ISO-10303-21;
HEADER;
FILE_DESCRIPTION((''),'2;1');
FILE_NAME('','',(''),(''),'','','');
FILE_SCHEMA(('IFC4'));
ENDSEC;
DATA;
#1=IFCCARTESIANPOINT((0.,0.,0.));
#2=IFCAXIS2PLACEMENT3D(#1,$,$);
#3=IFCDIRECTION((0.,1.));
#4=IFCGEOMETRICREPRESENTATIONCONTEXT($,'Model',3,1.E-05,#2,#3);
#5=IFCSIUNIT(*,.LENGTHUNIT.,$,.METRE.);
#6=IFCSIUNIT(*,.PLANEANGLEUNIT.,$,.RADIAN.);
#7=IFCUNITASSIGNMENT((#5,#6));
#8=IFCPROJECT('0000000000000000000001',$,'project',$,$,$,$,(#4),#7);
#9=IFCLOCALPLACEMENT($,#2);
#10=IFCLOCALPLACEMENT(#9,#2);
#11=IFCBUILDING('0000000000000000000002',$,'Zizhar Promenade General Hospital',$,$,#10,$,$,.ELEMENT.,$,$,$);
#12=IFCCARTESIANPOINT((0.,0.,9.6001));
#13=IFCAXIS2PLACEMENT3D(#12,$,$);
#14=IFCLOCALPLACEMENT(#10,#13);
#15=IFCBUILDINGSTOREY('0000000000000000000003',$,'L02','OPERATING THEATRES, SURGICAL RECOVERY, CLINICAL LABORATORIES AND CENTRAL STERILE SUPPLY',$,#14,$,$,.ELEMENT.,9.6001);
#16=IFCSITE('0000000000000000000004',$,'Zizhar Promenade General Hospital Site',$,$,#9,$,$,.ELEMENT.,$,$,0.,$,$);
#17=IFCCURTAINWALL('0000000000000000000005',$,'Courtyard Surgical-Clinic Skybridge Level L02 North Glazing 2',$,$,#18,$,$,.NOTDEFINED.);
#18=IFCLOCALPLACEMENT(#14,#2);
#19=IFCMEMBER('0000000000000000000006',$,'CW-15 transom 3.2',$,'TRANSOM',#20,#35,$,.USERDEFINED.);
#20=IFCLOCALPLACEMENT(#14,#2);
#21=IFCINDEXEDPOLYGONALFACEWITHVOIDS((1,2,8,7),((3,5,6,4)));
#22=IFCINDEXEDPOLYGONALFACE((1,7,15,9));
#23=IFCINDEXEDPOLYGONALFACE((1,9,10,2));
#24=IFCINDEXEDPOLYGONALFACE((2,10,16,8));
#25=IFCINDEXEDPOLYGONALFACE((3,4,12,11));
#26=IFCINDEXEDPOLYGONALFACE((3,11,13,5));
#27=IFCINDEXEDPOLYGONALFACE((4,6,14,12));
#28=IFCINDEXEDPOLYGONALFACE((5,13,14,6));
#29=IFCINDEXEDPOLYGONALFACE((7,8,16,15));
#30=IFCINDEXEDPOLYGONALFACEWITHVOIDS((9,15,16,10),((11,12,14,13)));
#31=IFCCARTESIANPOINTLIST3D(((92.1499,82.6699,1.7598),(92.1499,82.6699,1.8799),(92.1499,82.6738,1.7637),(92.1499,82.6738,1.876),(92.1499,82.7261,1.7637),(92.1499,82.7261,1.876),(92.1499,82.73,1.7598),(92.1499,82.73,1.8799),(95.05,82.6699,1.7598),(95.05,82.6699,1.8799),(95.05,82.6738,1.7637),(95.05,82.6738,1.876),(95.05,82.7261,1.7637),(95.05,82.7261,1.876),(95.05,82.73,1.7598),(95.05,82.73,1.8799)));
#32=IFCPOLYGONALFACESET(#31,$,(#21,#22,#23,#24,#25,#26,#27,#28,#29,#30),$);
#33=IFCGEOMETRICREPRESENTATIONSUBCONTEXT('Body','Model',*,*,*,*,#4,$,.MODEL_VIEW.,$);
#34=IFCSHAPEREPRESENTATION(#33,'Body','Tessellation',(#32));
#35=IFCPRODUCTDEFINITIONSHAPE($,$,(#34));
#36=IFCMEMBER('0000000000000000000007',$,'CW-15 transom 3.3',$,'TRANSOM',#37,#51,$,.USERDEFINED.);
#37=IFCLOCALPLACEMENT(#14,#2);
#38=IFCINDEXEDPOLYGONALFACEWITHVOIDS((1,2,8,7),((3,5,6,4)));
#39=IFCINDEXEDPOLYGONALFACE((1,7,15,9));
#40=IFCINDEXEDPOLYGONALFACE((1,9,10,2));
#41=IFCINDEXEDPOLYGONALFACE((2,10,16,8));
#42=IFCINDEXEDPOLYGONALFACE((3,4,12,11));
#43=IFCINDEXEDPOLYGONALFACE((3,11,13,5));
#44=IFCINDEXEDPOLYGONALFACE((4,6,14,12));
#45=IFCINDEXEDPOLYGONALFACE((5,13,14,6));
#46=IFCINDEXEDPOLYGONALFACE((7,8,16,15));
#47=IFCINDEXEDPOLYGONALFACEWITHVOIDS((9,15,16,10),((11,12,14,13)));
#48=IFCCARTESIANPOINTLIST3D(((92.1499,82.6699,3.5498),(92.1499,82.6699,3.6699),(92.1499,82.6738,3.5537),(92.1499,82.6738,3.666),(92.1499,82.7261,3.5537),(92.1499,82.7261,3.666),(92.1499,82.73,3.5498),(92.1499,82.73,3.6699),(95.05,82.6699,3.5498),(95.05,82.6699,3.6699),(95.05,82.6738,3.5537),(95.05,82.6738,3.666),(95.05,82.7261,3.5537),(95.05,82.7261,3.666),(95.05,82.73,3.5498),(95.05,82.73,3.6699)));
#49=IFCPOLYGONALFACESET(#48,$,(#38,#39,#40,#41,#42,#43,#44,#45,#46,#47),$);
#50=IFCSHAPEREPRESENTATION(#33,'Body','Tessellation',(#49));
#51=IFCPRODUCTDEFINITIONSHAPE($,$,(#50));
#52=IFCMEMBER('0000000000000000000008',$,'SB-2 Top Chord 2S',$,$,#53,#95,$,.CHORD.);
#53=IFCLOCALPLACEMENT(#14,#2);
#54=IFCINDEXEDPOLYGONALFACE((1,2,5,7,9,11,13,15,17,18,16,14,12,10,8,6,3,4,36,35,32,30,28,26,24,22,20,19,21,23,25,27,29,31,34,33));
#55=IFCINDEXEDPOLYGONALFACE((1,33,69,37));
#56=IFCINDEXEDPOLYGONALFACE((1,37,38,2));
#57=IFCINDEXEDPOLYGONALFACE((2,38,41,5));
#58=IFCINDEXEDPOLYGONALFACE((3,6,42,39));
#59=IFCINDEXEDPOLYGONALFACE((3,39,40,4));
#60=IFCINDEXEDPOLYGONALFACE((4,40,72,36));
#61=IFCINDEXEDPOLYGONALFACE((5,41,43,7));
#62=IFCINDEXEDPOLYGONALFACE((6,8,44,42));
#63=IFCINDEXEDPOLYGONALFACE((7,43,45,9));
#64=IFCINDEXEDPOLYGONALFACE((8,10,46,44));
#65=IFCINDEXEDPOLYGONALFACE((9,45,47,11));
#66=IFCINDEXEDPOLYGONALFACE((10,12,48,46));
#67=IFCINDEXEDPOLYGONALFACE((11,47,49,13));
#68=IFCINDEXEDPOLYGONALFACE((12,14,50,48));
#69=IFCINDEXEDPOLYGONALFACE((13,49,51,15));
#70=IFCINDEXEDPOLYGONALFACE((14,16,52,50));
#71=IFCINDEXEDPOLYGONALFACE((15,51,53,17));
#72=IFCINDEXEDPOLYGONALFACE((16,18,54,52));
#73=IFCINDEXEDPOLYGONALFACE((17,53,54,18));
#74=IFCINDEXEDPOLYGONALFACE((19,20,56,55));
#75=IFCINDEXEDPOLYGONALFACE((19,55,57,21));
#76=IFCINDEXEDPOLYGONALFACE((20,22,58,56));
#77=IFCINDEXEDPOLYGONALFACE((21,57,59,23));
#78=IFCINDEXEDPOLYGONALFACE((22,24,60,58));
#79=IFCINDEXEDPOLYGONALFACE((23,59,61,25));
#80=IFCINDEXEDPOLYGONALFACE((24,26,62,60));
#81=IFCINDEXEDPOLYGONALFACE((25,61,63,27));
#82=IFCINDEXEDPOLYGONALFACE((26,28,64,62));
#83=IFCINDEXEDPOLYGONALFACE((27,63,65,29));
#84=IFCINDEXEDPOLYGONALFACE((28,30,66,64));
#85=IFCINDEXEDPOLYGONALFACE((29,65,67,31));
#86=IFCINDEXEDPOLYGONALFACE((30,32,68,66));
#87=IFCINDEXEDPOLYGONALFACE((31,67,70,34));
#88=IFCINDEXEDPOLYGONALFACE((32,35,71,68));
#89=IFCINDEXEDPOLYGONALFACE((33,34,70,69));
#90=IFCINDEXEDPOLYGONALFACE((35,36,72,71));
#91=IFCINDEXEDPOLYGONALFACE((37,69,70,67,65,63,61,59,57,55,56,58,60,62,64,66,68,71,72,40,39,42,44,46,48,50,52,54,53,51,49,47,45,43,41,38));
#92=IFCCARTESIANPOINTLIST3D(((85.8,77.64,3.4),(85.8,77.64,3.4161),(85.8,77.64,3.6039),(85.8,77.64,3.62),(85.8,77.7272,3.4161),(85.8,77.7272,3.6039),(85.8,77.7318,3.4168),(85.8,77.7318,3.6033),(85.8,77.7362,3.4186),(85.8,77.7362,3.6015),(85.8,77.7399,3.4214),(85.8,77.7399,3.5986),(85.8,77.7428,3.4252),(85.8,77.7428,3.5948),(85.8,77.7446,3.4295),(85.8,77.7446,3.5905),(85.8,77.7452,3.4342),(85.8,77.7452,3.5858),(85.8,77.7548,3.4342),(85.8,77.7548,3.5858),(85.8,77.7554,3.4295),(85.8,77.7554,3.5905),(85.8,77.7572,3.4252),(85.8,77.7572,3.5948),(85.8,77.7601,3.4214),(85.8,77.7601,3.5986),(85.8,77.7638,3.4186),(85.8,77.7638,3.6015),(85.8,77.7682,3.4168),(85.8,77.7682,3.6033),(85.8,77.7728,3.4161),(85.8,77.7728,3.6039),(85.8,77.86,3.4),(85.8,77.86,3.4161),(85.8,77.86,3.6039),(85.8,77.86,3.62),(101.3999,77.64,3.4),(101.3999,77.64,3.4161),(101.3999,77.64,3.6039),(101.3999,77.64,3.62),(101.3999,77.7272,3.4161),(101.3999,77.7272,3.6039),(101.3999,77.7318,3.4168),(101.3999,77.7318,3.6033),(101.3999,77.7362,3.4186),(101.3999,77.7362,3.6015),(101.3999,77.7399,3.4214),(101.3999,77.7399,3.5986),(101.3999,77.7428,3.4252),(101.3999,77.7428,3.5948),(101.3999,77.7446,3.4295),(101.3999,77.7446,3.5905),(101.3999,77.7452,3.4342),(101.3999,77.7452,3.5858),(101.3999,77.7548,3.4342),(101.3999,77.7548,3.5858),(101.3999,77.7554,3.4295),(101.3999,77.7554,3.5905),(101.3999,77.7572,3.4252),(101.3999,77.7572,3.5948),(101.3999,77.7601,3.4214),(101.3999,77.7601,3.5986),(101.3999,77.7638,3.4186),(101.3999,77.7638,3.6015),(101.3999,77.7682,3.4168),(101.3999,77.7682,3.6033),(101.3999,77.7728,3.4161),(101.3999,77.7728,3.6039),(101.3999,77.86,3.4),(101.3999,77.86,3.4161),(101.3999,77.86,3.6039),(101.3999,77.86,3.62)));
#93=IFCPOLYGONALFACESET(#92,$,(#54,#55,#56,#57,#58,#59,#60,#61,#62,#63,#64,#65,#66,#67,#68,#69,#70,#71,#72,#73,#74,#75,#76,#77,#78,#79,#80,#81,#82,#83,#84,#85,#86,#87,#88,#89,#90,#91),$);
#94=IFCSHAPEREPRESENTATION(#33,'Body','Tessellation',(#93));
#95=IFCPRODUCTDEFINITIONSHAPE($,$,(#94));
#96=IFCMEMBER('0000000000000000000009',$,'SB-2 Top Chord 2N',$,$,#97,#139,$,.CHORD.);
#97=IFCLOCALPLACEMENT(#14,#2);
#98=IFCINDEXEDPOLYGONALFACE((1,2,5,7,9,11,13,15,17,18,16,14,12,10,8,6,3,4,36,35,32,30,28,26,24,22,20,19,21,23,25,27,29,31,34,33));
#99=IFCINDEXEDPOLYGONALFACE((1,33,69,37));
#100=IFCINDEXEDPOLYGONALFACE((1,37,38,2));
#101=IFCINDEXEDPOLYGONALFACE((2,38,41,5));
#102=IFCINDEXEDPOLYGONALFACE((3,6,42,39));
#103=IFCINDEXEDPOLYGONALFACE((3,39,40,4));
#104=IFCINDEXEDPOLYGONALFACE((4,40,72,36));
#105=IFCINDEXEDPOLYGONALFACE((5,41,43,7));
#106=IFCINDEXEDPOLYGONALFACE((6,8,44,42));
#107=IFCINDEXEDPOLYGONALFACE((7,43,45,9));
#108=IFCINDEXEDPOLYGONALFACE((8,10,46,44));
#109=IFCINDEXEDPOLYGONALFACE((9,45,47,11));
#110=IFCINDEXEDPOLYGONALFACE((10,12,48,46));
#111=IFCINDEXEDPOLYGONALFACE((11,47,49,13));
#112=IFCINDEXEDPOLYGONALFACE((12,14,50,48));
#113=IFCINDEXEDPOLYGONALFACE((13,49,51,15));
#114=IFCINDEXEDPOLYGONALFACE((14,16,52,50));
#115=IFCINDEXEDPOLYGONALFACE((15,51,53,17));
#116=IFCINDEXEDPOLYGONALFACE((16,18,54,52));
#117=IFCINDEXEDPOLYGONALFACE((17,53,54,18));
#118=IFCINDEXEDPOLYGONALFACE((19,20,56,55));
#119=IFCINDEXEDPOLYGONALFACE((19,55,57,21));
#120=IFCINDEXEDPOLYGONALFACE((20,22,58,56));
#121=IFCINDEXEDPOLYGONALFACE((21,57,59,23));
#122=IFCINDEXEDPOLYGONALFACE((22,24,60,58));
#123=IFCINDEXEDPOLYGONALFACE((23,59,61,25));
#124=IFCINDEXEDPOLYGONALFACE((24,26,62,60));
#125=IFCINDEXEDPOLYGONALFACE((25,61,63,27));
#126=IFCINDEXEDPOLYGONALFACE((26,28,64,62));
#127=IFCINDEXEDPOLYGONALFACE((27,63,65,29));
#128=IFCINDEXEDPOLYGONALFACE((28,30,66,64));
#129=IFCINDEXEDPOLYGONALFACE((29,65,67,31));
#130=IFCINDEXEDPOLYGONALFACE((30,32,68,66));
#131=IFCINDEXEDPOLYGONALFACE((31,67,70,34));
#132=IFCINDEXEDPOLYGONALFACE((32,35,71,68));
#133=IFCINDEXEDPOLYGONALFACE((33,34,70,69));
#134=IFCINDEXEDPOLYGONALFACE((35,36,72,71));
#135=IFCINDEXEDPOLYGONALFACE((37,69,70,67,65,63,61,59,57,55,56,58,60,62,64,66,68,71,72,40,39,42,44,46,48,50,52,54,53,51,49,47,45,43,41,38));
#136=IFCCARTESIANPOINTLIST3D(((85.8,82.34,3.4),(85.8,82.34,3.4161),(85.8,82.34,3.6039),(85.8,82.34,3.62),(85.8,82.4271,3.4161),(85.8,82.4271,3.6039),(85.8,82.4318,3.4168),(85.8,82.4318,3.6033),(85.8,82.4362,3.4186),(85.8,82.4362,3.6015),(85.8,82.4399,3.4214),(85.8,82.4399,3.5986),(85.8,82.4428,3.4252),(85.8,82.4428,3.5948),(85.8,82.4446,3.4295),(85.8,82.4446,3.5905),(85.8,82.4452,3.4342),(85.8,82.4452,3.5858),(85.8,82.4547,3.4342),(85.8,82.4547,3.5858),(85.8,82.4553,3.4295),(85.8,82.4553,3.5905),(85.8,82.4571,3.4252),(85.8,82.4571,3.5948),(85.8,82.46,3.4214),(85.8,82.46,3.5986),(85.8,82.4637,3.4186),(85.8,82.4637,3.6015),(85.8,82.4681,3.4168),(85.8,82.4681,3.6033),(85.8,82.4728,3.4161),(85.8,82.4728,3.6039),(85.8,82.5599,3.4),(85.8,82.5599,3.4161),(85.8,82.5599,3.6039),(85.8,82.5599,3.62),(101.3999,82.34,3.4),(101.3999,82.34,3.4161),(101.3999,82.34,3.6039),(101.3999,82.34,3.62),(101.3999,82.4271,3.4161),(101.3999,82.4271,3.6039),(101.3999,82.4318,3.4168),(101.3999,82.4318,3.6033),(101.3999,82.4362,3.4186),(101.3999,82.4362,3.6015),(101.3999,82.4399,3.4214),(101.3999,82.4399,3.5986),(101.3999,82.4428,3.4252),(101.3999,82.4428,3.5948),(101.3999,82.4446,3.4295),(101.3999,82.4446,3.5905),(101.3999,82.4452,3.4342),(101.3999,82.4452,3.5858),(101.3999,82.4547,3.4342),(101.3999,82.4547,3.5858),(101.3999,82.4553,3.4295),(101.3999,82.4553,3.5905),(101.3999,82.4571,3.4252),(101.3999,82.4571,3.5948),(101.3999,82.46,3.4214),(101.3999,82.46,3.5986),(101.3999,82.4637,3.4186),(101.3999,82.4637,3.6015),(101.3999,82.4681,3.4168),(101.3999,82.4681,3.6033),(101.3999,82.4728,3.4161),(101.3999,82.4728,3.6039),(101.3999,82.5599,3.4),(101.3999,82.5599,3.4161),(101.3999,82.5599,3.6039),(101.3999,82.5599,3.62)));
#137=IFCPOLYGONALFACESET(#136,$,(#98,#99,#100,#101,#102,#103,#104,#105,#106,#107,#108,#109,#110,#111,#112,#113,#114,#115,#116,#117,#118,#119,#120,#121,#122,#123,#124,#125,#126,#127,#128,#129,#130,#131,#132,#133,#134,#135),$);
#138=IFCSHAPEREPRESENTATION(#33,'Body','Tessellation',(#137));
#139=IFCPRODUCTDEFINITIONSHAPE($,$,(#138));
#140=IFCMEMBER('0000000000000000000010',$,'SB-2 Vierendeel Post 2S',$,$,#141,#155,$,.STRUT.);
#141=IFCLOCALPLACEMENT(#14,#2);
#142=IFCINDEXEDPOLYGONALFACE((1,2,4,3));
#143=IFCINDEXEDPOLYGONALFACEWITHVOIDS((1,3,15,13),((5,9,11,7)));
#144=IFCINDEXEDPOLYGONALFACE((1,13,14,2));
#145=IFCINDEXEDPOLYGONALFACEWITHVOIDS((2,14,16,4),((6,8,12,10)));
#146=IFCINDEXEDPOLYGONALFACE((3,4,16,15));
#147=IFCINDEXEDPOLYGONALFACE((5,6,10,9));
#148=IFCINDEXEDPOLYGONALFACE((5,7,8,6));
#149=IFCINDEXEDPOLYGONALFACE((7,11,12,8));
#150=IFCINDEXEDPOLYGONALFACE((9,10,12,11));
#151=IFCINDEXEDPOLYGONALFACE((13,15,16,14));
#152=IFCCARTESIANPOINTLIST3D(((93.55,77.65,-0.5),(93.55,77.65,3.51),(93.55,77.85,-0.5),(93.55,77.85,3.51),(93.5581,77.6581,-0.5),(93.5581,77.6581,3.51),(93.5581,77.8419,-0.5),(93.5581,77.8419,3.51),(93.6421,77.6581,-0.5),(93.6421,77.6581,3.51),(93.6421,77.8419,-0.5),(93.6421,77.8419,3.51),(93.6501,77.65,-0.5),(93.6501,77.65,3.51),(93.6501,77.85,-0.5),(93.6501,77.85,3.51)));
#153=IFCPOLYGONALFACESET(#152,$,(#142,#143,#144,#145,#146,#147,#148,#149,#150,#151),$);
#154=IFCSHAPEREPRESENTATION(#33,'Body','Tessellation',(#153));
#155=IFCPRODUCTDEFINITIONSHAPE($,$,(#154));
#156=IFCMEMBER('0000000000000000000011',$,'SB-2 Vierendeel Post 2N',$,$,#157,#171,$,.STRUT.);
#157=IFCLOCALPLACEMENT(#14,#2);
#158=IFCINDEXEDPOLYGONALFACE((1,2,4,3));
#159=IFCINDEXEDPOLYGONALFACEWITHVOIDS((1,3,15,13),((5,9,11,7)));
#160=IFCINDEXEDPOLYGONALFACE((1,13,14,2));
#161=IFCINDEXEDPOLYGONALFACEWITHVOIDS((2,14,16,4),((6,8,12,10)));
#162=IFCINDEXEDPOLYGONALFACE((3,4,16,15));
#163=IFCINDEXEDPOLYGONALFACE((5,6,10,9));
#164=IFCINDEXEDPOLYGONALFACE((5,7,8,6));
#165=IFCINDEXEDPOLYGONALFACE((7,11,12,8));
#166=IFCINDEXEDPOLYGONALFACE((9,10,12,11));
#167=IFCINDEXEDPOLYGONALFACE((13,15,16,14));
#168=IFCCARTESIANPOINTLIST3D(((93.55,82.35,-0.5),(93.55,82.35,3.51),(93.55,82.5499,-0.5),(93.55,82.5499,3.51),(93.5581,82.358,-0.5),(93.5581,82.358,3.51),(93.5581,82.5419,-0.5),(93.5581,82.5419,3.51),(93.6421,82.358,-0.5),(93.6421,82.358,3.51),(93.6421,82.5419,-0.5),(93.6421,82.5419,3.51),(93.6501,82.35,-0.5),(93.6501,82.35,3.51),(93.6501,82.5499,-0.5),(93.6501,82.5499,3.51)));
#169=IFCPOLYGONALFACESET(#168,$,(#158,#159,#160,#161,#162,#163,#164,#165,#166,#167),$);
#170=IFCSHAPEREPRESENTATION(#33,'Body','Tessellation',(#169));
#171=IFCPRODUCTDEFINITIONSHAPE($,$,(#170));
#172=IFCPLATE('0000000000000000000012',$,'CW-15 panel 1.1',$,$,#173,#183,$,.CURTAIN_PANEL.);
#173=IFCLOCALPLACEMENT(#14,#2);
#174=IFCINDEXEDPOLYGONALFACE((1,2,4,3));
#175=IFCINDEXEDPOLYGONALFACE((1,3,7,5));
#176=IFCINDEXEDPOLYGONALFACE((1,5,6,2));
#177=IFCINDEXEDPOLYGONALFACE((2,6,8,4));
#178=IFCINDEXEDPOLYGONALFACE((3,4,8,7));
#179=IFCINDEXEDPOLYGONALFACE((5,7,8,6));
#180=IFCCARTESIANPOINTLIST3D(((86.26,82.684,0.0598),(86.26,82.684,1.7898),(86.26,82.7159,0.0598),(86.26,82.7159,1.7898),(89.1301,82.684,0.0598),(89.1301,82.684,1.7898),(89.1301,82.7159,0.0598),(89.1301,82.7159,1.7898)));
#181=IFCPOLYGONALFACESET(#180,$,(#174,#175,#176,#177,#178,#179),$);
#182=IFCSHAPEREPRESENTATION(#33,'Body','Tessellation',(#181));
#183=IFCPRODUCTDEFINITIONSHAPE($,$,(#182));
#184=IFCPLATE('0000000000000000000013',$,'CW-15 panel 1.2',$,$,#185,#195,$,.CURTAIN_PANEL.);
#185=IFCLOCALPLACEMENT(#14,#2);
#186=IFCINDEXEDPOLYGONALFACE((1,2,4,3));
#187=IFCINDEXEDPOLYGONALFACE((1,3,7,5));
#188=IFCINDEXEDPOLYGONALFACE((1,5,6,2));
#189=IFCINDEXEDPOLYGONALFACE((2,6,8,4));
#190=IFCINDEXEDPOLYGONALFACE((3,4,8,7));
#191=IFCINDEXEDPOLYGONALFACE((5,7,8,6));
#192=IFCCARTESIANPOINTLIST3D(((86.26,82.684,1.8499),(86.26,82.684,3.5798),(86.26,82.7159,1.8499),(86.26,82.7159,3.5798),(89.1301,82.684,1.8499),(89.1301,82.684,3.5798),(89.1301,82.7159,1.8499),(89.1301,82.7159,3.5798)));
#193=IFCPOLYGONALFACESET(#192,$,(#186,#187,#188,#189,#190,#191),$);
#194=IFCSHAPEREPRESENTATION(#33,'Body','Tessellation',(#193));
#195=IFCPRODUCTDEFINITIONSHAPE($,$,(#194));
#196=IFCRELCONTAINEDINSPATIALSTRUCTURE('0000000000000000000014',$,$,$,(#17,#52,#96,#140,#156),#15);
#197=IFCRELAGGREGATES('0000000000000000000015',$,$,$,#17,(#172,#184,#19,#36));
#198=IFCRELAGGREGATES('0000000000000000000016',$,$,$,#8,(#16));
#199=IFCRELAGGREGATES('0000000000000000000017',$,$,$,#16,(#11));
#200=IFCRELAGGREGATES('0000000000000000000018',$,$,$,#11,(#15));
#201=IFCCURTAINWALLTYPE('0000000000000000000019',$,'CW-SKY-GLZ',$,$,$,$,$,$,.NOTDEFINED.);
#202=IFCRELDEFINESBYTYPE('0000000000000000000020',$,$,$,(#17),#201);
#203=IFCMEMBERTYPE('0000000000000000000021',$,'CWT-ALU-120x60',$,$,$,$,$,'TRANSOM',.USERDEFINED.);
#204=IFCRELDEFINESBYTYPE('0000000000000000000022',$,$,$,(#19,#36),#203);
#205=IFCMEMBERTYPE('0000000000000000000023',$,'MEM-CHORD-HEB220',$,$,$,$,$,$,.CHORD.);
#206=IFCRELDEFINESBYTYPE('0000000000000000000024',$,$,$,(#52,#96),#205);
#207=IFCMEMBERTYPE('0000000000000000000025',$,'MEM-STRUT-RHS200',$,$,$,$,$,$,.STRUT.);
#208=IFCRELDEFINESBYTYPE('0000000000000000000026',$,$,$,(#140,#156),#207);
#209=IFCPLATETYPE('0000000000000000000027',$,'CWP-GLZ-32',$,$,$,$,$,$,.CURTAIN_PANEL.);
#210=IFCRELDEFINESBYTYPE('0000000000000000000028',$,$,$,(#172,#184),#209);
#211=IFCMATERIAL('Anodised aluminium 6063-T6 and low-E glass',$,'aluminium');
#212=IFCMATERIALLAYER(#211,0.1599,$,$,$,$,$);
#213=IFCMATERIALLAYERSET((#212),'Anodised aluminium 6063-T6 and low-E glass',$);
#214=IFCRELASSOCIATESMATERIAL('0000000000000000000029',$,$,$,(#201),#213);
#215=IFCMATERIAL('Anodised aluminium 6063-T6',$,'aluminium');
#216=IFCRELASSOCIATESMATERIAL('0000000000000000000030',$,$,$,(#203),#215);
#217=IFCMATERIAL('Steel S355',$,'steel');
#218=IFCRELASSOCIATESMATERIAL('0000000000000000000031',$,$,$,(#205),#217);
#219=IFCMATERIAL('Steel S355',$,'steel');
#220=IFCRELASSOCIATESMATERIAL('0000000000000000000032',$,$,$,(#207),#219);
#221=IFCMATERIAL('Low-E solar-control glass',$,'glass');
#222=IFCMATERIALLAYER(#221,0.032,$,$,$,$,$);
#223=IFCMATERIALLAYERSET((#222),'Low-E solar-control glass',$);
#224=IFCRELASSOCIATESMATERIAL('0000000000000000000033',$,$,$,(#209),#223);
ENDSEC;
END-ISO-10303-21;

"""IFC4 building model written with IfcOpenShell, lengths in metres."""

from ifc_helpers import new_model, si_unit, direction, frame, origin, origin_2d, place, context, subcontext, project, spatial, rectangle, hollow_rectangle, i_section, extrude, material, layer, layer_set, material_profile, profile_set, type_object, element, aggregate, save


model = new_model("IFC4")

# Units and contexts
model_context = context("Model", 3, precision=1e-05, world=origin(), true_north=direction((0.0, 1.0)))
body_context = subcontext(model_context, "Body", "Model", "MODEL_VIEW")
ifc_project = project(units=[si_unit("LENGTHUNIT", "METRE"), si_unit("PLANEANGLEUNIT", "RADIAN")], contexts=[model_context])

# Site, building, storey
site_placement = place(None, origin())
site = spatial("IfcSite", under=ifc_project, at=site_placement, Name="Zizhar Promenade General Hospital Site", CompositionType="ELEMENT", RefElevation=0.0)
building_placement = place(site_placement, origin())
building = spatial("IfcBuilding", under=site, at=building_placement, Name="Zizhar Promenade General Hospital", CompositionType="ELEMENT")
storey_placement = place(building_placement, frame((0.0, 0.0, 9.6001)))
storey = spatial("IfcBuildingStorey", under=building, at=storey_placement, Name="L02", Description="OPERATING THEATRES, SURGICAL RECOVERY, CLINICAL LABORATORIES AND CENTRAL STERILE SUPPLY", CompositionType="ELEMENT", Elevation=9.6001)

# Shared definitions
ifc_material_1 = material(Name="Anodised aluminium 6063-T6 and low-E glass", Category="aluminium")
ifc_layer_1 = layer(ifc_material_1, 0.1599)
ifc_layer_set_1 = layer_set([ifc_layer_1], Name="Anodised aluminium 6063-T6 and low-E glass")
curtain_wall_type = type_object("IfcCurtainWallType", Name="CW-SKY-GLZ", PredefinedType="NOTDEFINED", material=ifc_layer_set_1)

# Curtain wall, members
curtain_wall_1_placement = place(storey_placement, origin())
curtain_wall_1 = element("IfcCurtainWall", 1, at=curtain_wall_1_placement, inside=storey, type_object=curtain_wall_type, Name="Courtyard Surgical-Clinic Skybridge Level L02 North Glazing 2", PredefinedType="NOTDEFINED")
ifc_material_2 = material(Name="Anodised aluminium 6063-T6", Category="aluminium")
ifc_material_profile_1 = material_profile(ifc_material_2, hollow_rectangle(XDim=0.0601, YDim=0.1201, WallThickness=0.0039, at=origin_2d()))
ifc_profile_set_1 = profile_set([ifc_material_profile_1], Name="Anodised aluminium 6063-T6")
member_type_1 = type_object("IfcMemberType", Name="CWT-ALU-120x60", ElementType="TRANSOM", PredefinedType="USERDEFINED", material=ifc_profile_set_1)
member_1_placement = place(storey_placement, frame((92.1499, 82.7, 1.8198), z_axis=(1.0, 0.0, 0.0), x_axis=(0.0, 1.0, 0.0)))
member_1 = element("IfcMember", 2, at=member_1_placement, type_object=member_type_1, Name="CW-15 transom 3.2", ObjectType="TRANSOM", PredefinedType="USERDEFINED", context=body_context, shape_type="SweptSolid", body=[
    extrude(hollow_rectangle(XDim=0.0601, YDim=0.1201, WallThickness=0.0039, at=origin_2d()), origin(), (0.0, 0.0, 1.0), 2.9001),
])
member_2_placement = place(storey_placement, frame((92.1499, 82.7, 3.6099), z_axis=(1.0, 0.0, 0.0), x_axis=(0.0, 1.0, 0.0)))
member_2 = element("IfcMember", 3, at=member_2_placement, type_object=member_type_1, Name="CW-15 transom 3.3", ObjectType="TRANSOM", PredefinedType="USERDEFINED", context=body_context, shape_type="SweptSolid", body=[
    extrude(hollow_rectangle(XDim=0.0601, YDim=0.1201, WallThickness=0.0039, at=origin_2d()), origin(), (0.0, 0.0, 1.0), 2.9001),
])

# Members
ifc_material_3 = material(Name="Steel S355", Category="steel")
ifc_material_profile_2 = material_profile(ifc_material_3, i_section(OverallWidth=0.22, OverallDepth=0.22, WebThickness=0.0095, FlangeThickness=0.0161, FilletRadius=0.0181, at=origin_2d()))
ifc_profile_set_2 = profile_set([ifc_material_profile_2], Name="Steel S355")
member_type_2 = type_object("IfcMemberType", Name="MEM-CHORD-HEB220", PredefinedType="CHORD", material=ifc_profile_set_2)
for number, where, z_axis, x_axis, name in (
    (4, (85.8, 77.75, 3.51), (1.0, 0.0, 0.0), (0.0, 1.0, 0.0), "SB-2 Top Chord 2S"),
    (5, (85.8, 82.45, 3.51), (1.0, 0.0, 0.0), (0.0, 1.0, 0.0), "SB-2 Top Chord 2N"),
):
    element("IfcMember", number, at=place(storey_placement, frame(where, z_axis=z_axis, x_axis=x_axis)), inside=storey, type_object=member_type_2, Name=name, PredefinedType="CHORD", context=body_context, shape_type="SweptSolid", body=[
        extrude(i_section(OverallWidth=0.22, OverallDepth=0.22, WebThickness=0.0095, FlangeThickness=0.0161, FilletRadius=0.0181, at=origin_2d()), origin(), (0.0, 0.0, 1.0), 15.5999),
    ])
ifc_material_4 = material(Name="Steel S355", Category="steel")
ifc_material_profile_3 = material_profile(ifc_material_4, hollow_rectangle(XDim=0.1001, YDim=0.2, WallThickness=0.0081, at=origin_2d()))
ifc_profile_set_3 = profile_set([ifc_material_profile_3], Name="Steel S355")
member_type_3 = type_object("IfcMemberType", Name="MEM-STRUT-RHS200", PredefinedType="STRUT", material=ifc_profile_set_3)
for number, where, z_axis, x_axis, name in (
    (6, (93.6001, 77.75, -0.5), (0.0, 0.0, 1.0), (1.0, 0.0, 0.0), "SB-2 Vierendeel Post 2S"),
    (7, (93.6001, 82.45, -0.5), (0.0, 0.0, 1.0), (1.0, 0.0, 0.0), "SB-2 Vierendeel Post 2N"),
):
    element("IfcMember", number, at=place(storey_placement, frame(where, z_axis=z_axis, x_axis=x_axis)), inside=storey, type_object=member_type_3, Name=name, PredefinedType="STRUT", context=body_context, shape_type="SweptSolid", body=[
        extrude(hollow_rectangle(XDim=0.1001, YDim=0.2, WallThickness=0.0081, at=origin_2d()), origin(), (0.0, 0.0, 1.0), 4.01),
    ])

# Plates
ifc_material_5 = material(Name="Low-E solar-control glass", Category="glass")
ifc_layer_2 = layer(ifc_material_5, 0.032)
ifc_layer_set_2 = layer_set([ifc_layer_2], Name="Low-E solar-control glass")
plate_type = type_object("IfcPlateType", Name="CWP-GLZ-32", PredefinedType="CURTAIN_PANEL", material=ifc_layer_set_2)
plate_1_placement = place(storey_placement, frame((87.6951, 82.7, 0.0598), z_axis=(0.0, 0.0, 1.0), x_axis=(1.0, 0.0, 0.0)))
plate_1 = element("IfcPlate", 8, at=plate_1_placement, type_object=plate_type, Name="CW-15 panel 1.1", PredefinedType="CURTAIN_PANEL", context=body_context, shape_type="SweptSolid", body=[
    extrude(rectangle(XDim=2.8701, YDim=0.032, at=origin_2d()), origin(), (0.0, 0.0, 1.0), 1.73),
])
plate_2_placement = place(storey_placement, frame((87.6951, 82.7, 1.8499), z_axis=(0.0, 0.0, 1.0), x_axis=(1.0, 0.0, 0.0)))
plate_2 = element("IfcPlate", 9, at=plate_2_placement, type_object=plate_type, Name="CW-15 panel 1.2", PredefinedType="CURTAIN_PANEL", context=body_context, shape_type="SweptSolid", body=[
    extrude(rectangle(XDim=2.8701, YDim=0.032, at=origin_2d()), origin(), (0.0, 0.0, 1.0), 1.73),
])
aggregate(curtain_wall_1, [plate_1, plate_2, member_1, member_2])

save(model, "model.ifc")
